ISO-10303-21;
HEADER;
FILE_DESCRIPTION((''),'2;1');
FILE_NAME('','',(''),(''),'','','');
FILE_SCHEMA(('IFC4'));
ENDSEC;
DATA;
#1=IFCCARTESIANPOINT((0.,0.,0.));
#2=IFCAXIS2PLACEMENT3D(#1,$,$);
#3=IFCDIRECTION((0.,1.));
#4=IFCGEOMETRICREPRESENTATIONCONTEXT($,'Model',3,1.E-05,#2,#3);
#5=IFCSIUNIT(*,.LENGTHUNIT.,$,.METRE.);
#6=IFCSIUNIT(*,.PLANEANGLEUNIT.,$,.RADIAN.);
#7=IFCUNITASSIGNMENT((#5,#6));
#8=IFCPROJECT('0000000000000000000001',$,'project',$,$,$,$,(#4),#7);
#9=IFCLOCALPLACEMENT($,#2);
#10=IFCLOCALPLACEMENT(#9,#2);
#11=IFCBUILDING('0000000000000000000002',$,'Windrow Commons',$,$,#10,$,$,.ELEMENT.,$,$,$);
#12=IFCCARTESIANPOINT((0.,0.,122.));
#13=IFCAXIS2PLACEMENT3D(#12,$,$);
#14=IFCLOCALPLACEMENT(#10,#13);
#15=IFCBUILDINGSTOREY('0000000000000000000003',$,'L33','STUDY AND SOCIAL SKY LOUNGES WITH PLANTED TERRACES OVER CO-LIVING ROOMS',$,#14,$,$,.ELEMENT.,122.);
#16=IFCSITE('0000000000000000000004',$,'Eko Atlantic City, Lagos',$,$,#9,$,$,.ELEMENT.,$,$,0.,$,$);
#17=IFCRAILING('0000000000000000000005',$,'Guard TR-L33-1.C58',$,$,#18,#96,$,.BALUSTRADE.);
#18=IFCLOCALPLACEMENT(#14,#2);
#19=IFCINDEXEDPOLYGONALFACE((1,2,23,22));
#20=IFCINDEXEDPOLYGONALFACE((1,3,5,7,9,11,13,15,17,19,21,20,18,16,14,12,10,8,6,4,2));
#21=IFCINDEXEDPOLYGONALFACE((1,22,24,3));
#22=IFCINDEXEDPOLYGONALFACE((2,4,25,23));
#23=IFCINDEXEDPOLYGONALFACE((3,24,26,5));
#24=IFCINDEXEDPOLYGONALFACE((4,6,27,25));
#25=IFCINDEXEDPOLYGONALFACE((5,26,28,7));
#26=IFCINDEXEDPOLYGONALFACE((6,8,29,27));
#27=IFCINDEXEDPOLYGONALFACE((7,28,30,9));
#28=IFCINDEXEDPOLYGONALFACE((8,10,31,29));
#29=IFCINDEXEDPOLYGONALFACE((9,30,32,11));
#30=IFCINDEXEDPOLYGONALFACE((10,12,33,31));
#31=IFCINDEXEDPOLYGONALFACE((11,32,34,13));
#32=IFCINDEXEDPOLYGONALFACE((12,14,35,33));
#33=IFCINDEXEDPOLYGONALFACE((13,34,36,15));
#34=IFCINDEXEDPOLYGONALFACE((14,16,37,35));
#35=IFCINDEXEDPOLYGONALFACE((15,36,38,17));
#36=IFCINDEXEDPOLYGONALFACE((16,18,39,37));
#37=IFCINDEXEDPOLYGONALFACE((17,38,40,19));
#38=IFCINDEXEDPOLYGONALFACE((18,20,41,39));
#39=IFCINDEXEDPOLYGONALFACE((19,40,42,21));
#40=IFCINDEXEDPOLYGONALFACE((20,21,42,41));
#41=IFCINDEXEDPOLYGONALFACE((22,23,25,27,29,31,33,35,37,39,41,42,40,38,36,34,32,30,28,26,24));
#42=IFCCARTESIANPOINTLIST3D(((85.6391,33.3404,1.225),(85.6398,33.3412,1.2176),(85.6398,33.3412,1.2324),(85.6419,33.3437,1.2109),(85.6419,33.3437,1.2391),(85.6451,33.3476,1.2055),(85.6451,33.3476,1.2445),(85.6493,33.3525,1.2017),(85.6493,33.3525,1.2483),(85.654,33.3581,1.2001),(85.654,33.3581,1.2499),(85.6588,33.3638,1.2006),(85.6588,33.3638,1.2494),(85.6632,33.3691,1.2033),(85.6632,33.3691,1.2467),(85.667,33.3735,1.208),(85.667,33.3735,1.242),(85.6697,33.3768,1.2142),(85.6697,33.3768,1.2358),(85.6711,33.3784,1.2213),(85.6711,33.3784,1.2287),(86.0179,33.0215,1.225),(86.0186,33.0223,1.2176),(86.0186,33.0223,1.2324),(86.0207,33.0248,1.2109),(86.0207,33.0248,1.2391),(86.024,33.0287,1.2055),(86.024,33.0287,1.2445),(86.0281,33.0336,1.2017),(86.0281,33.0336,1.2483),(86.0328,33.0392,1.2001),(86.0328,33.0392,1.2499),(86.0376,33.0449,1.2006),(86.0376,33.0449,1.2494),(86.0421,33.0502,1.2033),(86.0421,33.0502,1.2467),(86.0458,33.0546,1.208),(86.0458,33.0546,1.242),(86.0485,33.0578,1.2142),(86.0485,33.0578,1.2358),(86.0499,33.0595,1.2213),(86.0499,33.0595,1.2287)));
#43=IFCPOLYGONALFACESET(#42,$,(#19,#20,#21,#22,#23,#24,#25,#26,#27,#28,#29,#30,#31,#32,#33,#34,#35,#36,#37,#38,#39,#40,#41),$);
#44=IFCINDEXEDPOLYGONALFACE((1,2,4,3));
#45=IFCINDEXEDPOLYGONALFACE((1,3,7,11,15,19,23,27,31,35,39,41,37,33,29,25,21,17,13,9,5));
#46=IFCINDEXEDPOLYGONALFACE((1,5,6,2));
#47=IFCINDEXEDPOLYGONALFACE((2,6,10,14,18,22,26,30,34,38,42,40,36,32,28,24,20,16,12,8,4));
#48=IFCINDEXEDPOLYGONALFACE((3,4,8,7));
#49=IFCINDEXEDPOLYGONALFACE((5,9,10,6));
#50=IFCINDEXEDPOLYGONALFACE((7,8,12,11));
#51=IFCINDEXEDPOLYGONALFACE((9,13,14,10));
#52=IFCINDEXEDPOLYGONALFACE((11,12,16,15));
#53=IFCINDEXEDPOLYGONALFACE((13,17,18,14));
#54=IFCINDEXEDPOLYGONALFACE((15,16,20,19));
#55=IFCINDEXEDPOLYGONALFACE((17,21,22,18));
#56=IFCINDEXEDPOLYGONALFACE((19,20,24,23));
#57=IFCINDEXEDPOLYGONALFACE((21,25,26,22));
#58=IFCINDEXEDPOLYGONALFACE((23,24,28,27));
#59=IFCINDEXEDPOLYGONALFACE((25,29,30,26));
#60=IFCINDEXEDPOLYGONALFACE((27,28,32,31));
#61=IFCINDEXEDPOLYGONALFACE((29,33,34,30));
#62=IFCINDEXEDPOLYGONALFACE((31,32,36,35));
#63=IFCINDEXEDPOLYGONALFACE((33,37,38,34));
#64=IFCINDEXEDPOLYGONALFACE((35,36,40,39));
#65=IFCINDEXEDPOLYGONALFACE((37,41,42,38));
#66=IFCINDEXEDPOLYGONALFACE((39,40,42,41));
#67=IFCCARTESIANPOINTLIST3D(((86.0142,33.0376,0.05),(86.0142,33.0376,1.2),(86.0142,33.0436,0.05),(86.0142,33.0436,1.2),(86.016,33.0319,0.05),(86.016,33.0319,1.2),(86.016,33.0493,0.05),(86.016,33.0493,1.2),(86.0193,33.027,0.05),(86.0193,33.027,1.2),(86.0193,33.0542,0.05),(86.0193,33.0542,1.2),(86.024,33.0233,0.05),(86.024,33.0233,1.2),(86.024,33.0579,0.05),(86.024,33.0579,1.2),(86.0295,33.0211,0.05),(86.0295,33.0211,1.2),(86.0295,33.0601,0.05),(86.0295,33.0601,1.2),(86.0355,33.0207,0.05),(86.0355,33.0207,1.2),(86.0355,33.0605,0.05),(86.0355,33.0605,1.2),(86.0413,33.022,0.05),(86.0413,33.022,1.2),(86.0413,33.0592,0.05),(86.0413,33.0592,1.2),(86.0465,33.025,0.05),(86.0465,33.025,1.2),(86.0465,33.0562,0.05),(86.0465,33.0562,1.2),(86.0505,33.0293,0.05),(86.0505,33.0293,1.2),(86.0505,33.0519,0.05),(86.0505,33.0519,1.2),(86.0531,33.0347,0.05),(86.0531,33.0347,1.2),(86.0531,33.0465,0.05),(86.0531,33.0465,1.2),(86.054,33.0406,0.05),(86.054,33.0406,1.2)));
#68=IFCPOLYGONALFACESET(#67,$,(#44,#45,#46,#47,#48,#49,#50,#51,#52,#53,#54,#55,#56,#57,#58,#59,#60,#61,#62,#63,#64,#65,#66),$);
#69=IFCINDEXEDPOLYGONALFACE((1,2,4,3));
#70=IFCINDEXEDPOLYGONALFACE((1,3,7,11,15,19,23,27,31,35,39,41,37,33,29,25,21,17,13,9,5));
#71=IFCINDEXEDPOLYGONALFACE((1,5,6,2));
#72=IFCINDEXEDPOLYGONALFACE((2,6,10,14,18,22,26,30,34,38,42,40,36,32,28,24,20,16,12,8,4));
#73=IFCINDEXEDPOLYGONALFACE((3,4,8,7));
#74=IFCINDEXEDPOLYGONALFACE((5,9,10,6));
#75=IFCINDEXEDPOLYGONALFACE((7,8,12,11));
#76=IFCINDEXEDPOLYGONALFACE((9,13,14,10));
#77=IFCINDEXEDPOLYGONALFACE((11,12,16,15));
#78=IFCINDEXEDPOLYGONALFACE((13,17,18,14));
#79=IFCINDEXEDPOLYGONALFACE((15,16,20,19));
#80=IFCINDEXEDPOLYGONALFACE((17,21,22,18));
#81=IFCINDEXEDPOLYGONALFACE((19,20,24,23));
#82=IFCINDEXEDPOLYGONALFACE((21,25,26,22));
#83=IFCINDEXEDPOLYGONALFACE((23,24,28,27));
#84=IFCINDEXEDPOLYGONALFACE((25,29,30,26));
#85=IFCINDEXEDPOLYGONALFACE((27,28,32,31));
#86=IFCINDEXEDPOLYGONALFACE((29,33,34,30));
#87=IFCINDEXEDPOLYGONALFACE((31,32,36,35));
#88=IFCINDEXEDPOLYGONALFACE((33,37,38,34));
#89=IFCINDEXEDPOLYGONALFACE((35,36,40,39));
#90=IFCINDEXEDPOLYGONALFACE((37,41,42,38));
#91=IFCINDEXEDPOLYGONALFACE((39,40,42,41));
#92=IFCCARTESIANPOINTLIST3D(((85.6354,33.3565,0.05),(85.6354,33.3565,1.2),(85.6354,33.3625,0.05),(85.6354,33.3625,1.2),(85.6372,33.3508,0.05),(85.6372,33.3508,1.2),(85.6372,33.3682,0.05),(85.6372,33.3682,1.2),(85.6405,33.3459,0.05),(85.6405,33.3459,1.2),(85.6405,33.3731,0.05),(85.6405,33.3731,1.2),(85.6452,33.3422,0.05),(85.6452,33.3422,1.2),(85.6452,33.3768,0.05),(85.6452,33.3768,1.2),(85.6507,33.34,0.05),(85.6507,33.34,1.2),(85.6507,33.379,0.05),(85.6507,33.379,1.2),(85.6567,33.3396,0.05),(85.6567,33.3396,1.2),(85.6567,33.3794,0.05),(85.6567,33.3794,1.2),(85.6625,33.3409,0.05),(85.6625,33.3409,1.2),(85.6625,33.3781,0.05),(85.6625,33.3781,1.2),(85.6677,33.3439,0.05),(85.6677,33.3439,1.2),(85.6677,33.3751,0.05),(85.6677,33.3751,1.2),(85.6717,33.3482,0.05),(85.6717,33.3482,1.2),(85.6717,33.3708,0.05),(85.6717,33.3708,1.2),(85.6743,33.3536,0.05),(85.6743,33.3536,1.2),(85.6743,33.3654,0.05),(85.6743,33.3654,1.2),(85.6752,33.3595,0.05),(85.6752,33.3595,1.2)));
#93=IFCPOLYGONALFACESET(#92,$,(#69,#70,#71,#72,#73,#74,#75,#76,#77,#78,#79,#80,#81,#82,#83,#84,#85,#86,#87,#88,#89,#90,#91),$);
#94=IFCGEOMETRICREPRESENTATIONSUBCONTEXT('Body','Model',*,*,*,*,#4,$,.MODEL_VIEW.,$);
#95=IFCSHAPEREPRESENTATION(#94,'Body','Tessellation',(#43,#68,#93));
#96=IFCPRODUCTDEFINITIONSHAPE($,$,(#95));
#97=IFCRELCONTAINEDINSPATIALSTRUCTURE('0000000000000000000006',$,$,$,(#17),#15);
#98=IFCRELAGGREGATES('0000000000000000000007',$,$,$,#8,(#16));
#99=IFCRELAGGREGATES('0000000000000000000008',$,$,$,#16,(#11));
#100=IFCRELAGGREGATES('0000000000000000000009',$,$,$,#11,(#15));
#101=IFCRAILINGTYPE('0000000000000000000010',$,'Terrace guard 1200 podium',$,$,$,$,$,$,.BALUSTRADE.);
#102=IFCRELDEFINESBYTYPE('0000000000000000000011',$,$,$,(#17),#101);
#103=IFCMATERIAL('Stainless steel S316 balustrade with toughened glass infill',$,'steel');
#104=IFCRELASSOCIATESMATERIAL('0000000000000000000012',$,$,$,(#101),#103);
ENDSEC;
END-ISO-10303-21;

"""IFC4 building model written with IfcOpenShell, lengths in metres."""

from ifc_helpers import new_model, si_unit, direction, frame, origin, origin_2d, place, context, subcontext, project, spatial, circle, extrude, material, type_object, element, save


model = new_model("IFC4")

# Units and contexts
model_context = context("Model", 3, precision=1e-05, world=origin(), true_north=direction((0.0, 1.0)))
body_context = subcontext(model_context, "Body", "Model", "MODEL_VIEW")
ifc_project = project(units=[si_unit("LENGTHUNIT", "METRE"), si_unit("PLANEANGLEUNIT", "RADIAN")], contexts=[model_context])

# Site, building, storey
site_placement = place(None, origin())
site = spatial("IfcSite", under=ifc_project, at=site_placement, Name="Eko Atlantic City, Lagos", CompositionType="ELEMENT", RefElevation=0.0)
building_placement = place(site_placement, origin())
building = spatial("IfcBuilding", under=site, at=building_placement, Name="Windrow Commons", CompositionType="ELEMENT")
storey_placement = place(building_placement, frame((0.0, 0.0, 122.0)))
storey = spatial("IfcBuildingStorey", under=building, at=storey_placement, Name="L33", Description="STUDY AND SOCIAL SKY LOUNGES WITH PLANTED TERRACES OVER CO-LIVING ROOMS", CompositionType="ELEMENT", Elevation=122.0)

# Railing
ifc_material_1 = material(Name="Stainless steel S316 balustrade with toughened glass infill", Category="steel")
railing_type = type_object("IfcRailingType", Name="Terrace guard 1200 podium", PredefinedType="BALUSTRADE", material=ifc_material_1)
railing_1_placement = place(storey_placement, frame((86.034, 33.0406, 0.05)))
element("IfcRailing", 1, at=railing_1_placement, inside=storey, type_object=railing_type, Name="Guard TR-L33-1.C58", PredefinedType="BALUSTRADE", context=body_context, shape_type="SweptSolid", body=[
    extrude(circle(Radius=0.025, at=origin_2d()), frame((0.0, 0.0, 1.175), z_axis=(-0.765, 0.64403, 0.0), x_axis=(-0.64403, -0.765, 0.0)), (0.0, 0.0, 1.0), 0.4952),
    extrude(circle(Radius=0.02, at=origin_2d()), origin(), (0.0, 0.0, 1.0), 1.15),
    extrude(circle(Radius=0.02, at=origin_2d()), frame((-0.3788, 0.3189, 0.0)), (0.0, 0.0, 1.0), 1.15),
])

save(model, "model.ifc")
